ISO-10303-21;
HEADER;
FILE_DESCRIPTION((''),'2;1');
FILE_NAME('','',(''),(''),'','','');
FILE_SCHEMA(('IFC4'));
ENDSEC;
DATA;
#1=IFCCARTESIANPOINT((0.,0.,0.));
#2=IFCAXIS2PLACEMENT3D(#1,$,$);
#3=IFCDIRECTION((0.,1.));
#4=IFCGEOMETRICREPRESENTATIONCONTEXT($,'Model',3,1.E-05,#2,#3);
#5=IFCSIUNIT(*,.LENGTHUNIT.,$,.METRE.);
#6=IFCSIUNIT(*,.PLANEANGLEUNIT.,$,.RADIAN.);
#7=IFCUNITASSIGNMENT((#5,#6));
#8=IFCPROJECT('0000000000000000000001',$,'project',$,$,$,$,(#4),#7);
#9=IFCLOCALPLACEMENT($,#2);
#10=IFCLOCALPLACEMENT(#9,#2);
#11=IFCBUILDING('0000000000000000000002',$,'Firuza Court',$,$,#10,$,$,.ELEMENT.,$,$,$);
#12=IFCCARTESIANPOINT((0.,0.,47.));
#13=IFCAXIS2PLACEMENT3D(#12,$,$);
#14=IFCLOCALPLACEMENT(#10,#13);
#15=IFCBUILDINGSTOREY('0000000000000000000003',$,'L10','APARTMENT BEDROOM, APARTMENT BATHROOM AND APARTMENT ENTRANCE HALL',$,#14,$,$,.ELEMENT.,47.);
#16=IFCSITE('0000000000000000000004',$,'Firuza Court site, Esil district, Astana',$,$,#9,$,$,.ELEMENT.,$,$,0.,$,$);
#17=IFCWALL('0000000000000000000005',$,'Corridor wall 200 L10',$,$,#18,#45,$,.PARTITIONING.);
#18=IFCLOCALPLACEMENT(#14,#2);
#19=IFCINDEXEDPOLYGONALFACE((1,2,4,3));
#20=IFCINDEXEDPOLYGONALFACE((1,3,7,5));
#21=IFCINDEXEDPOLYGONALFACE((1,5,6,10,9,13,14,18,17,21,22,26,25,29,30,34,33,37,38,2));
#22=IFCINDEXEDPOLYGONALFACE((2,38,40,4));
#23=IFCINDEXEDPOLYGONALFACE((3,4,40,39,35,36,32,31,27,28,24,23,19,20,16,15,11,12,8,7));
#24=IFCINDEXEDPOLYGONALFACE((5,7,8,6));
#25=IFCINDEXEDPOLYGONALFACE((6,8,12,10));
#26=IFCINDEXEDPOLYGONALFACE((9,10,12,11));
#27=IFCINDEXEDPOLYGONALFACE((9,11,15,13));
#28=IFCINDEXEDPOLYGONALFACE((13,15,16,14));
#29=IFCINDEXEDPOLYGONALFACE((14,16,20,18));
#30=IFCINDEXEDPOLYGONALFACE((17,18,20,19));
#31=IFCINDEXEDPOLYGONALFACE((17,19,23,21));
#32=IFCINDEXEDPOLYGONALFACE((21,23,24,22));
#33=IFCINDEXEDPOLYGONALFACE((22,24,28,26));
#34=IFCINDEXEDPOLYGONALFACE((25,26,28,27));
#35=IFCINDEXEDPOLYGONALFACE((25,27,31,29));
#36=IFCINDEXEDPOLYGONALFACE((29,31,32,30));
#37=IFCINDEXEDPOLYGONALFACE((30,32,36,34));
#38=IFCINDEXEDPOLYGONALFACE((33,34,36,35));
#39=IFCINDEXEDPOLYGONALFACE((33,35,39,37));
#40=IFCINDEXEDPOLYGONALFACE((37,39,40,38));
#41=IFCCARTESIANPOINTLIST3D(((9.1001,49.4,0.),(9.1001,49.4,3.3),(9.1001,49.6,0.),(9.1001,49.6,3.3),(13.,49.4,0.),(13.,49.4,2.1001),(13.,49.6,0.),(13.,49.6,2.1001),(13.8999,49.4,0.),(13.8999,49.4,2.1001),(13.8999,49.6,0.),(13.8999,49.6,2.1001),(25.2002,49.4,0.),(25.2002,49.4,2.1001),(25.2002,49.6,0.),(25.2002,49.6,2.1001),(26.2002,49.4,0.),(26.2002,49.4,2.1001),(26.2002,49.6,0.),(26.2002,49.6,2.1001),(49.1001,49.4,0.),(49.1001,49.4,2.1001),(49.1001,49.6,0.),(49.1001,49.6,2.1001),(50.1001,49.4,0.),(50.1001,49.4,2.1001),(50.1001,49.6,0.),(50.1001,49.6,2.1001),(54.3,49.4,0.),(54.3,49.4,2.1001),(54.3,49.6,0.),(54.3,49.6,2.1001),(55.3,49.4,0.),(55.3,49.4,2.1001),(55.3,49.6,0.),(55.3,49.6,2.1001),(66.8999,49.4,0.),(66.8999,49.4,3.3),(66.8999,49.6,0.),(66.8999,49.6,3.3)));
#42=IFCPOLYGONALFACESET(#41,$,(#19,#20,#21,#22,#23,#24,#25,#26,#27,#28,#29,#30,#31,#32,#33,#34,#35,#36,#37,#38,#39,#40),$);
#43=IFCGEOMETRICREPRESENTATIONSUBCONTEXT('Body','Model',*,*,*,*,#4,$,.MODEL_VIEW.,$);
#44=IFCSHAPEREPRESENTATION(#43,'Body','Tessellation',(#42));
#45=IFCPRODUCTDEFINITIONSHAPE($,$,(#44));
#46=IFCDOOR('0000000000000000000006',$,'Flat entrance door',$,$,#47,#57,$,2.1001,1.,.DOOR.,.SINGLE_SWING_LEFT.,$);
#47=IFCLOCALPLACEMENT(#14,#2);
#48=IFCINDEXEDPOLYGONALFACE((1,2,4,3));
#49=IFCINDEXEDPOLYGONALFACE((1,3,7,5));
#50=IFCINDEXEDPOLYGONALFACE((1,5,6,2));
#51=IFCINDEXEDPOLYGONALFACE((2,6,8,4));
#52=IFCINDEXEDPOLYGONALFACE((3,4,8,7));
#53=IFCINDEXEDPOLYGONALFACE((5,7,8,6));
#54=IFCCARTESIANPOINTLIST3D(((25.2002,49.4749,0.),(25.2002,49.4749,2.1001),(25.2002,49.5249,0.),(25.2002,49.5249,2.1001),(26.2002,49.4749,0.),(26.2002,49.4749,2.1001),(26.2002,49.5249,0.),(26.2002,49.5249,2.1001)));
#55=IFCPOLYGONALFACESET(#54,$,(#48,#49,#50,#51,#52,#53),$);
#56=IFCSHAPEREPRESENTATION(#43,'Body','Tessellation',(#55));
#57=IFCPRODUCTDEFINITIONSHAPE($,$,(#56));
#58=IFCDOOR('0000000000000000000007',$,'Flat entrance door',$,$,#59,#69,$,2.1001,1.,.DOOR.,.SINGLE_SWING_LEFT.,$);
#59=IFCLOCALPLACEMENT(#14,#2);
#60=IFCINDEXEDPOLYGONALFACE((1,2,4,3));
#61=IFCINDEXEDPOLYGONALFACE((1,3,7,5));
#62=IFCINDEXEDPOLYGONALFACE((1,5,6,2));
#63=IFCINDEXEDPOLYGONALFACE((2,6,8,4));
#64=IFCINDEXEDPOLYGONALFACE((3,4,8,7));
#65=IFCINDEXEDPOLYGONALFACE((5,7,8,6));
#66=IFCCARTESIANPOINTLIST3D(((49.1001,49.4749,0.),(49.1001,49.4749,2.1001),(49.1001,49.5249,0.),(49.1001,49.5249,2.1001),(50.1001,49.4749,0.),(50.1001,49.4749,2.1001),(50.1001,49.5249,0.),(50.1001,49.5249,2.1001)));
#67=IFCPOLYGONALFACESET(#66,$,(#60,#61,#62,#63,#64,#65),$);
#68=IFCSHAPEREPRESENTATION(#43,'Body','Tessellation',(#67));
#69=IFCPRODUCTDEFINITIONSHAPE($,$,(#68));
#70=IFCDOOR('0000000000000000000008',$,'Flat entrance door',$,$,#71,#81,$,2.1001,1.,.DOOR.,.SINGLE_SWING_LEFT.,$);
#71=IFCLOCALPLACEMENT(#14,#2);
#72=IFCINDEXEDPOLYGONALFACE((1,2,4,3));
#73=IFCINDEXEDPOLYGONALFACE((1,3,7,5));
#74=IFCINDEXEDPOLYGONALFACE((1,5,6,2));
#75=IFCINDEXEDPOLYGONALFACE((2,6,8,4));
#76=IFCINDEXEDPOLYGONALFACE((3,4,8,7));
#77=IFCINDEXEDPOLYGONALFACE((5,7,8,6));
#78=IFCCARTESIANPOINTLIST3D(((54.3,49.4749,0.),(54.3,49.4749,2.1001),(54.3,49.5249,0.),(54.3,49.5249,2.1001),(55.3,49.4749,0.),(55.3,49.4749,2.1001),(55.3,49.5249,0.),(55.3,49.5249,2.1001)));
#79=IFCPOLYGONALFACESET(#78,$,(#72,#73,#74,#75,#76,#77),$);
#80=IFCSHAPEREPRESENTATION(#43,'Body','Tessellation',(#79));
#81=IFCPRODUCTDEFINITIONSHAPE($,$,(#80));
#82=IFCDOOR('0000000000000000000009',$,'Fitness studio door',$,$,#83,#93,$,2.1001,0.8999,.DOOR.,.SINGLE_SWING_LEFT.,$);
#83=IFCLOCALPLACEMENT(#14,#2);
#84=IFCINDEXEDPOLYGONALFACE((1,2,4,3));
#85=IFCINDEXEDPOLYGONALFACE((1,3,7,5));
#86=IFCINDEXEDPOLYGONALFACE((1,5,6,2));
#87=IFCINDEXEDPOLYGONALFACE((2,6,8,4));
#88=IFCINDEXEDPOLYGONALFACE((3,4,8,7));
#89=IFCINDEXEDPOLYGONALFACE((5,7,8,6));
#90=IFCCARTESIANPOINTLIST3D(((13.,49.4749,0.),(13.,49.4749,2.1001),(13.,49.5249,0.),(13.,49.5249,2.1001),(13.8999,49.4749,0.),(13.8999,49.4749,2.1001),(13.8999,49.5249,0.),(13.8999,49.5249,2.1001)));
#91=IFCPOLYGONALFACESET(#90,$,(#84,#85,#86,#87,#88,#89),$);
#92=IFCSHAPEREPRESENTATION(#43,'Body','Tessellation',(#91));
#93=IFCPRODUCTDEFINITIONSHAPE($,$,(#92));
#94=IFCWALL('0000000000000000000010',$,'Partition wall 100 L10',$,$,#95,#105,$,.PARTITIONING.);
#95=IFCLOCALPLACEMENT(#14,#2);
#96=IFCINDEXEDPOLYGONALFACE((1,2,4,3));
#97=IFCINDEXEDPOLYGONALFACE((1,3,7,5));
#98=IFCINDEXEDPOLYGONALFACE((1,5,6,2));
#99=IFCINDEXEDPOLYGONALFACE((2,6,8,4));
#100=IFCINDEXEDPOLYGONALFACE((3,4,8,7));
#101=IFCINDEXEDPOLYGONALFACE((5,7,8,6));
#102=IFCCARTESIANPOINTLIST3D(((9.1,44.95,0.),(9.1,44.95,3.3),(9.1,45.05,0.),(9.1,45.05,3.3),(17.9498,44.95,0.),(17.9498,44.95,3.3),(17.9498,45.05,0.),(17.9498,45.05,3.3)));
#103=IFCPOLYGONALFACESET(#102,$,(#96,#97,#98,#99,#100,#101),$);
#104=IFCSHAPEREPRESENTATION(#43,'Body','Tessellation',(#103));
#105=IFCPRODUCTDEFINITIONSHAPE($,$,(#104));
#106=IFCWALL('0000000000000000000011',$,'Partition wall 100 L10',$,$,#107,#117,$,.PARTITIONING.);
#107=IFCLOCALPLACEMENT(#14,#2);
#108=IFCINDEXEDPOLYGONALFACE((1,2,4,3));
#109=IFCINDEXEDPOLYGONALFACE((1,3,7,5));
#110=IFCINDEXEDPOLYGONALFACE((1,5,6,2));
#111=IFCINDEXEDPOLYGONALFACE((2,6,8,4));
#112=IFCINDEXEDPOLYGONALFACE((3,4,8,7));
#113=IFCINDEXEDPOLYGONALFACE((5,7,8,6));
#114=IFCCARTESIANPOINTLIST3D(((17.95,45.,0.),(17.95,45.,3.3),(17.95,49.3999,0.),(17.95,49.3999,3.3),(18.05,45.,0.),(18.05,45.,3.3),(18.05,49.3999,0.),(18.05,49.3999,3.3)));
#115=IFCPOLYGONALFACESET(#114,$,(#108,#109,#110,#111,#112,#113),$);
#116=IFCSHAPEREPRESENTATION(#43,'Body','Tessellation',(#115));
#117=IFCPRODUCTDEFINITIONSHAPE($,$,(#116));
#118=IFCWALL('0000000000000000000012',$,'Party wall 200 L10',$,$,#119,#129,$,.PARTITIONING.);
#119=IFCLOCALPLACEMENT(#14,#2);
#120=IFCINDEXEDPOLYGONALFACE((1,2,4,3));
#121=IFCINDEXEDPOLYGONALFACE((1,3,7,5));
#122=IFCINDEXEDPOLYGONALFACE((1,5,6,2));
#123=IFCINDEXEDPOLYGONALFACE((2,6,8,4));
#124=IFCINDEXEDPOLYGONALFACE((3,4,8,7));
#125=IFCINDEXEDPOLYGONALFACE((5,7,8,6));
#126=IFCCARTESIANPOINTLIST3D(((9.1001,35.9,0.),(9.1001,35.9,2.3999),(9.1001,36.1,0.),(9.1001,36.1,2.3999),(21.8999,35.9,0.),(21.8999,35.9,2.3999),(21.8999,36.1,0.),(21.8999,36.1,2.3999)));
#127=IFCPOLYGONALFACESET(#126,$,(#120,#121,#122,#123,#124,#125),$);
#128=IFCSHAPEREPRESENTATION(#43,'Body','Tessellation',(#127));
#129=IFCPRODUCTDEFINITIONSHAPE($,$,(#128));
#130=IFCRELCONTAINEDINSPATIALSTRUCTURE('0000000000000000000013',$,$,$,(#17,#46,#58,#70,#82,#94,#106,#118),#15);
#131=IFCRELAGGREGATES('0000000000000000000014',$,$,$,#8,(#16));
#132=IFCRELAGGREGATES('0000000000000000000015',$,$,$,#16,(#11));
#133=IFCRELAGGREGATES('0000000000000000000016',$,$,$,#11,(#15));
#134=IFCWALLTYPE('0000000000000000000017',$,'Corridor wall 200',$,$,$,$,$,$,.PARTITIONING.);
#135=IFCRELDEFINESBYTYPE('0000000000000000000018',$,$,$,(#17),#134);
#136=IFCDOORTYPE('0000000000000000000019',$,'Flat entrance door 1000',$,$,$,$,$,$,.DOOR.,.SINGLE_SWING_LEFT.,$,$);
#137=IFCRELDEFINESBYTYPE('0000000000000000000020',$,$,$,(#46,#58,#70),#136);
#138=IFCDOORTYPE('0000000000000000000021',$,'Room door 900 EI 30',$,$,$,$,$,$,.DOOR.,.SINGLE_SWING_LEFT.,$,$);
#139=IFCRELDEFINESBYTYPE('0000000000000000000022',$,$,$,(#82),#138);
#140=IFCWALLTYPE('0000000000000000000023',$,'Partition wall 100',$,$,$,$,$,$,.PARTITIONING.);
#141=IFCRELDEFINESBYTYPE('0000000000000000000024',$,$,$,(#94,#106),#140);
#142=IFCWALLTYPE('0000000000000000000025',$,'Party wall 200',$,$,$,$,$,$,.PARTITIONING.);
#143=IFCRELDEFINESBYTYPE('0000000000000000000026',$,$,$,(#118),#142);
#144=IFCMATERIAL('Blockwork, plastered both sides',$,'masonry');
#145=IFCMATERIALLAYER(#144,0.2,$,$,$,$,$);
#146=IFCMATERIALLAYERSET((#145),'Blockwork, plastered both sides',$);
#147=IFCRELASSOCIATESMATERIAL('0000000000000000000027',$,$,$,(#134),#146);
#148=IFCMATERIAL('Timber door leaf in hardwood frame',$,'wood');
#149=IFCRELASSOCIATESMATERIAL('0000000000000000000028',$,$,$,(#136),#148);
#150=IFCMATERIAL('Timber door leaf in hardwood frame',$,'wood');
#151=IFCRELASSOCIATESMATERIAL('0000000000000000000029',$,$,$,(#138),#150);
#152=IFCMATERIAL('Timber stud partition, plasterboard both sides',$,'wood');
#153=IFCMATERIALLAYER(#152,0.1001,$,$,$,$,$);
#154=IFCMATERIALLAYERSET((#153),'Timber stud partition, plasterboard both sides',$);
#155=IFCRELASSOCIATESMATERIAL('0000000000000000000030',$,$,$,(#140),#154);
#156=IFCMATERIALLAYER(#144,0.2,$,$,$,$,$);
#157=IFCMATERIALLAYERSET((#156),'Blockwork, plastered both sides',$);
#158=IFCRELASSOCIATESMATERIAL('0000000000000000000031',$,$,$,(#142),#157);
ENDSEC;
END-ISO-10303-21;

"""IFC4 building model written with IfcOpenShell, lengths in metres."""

from ifc_helpers import new_model, si_unit, direction, frame, frame_2d, origin, place, context, subcontext, project, spatial, rectangle, extrude, material, layer, layer_set, type_object, element, fill, save


model = new_model("IFC4")

# Units and contexts
model_context = context("Model", 3, precision=1e-05, world=origin(), true_north=direction((0.0, 1.0)))
body_context = subcontext(model_context, "Body", "Model", "MODEL_VIEW")
ifc_project = project(units=[si_unit("LENGTHUNIT", "METRE"), si_unit("PLANEANGLEUNIT", "RADIAN")], contexts=[model_context])

# Site, building, storey
site_placement = place(None, origin())
site = spatial("IfcSite", under=ifc_project, at=site_placement, Name="Firuza Court site, Esil district, Astana", CompositionType="ELEMENT", RefElevation=0.0)
building_placement = place(site_placement, origin())
building = spatial("IfcBuilding", under=site, at=building_placement, Name="Firuza Court", CompositionType="ELEMENT")
storey_placement = place(building_placement, frame((0.0, 0.0, 47.0)))
storey = spatial("IfcBuildingStorey", under=building, at=storey_placement, Name="L10", Description="APARTMENT BEDROOM, APARTMENT BATHROOM AND APARTMENT ENTRANCE HALL", CompositionType="ELEMENT", Elevation=47.0)

# Wall, openings, doors
ifc_material_1 = material(Name="Blockwork, plastered both sides", Category="masonry")
ifc_layer_1 = layer(ifc_material_1, 0.2)
ifc_layer_set_1 = layer_set([ifc_layer_1], Name="Blockwork, plastered both sides")
wall_type_1 = type_object("IfcWallType", Name="Corridor wall 200", PredefinedType="PARTITIONING", material=ifc_layer_set_1)
wall_1_placement = place(storey_placement, frame((9.1001, 49.5, 0.0), z_axis=(0.0, 0.0, 1.0), x_axis=(1.0, 0.0, 0.0)))
wall_1 = element("IfcWall", 1, at=wall_1_placement, inside=storey, type_object=wall_type_1, Name="Corridor wall 200 L10", PredefinedType="PARTITIONING", context=body_context, shape_type="SweptSolid", body=[
    extrude(rectangle(XDim=57.7998, YDim=0.2, at=frame_2d((28.8999, 0.0))), origin(), (0.0, 0.0, 1.0), 3.3),
])
opening_1_placement = place(wall_1_placement, frame((16.1001, 0.0, 0.0)))
opening_1 = element("IfcOpeningElement", 2, at=opening_1_placement, cuts=wall_1, PredefinedType="OPENING", context=body_context, shape_type="SweptSolid", body=[
    extrude(rectangle(XDim=1.0, YDim=2.1001, at=frame_2d((0.5, 1.05))), frame((0.0, 0.1118, 0.0), z_axis=(0.0, -1.0, 0.0), x_axis=(1.0, 0.0, 0.0)), (0.0, 0.0, 1.0), 0.2239),
])
opening_2_placement = place(wall_1_placement, frame((40.0, 0.0, 0.0)))
opening_2 = element("IfcOpeningElement", 3, at=opening_2_placement, cuts=wall_1, PredefinedType="OPENING", context=body_context, shape_type="SweptSolid", body=[
    extrude(rectangle(XDim=1.0, YDim=2.1001, at=frame_2d((0.5, 1.05))), frame((0.0, 0.1118, 0.0), z_axis=(0.0, -1.0, 0.0), x_axis=(1.0, 0.0, 0.0)), (0.0, 0.0, 1.0), 0.2239),
])
opening_3_placement = place(wall_1_placement, frame((45.2, 0.0, 0.0)))
opening_3 = element("IfcOpeningElement", 4, at=opening_3_placement, cuts=wall_1, PredefinedType="OPENING", context=body_context, shape_type="SweptSolid", body=[
    extrude(rectangle(XDim=1.0, YDim=2.1001, at=frame_2d((0.5, 1.05))), frame((0.0, 0.1118, 0.0), z_axis=(0.0, -1.0, 0.0), x_axis=(1.0, 0.0, 0.0)), (0.0, 0.0, 1.0), 0.2239),
])
opening_4_placement = place(wall_1_placement, frame((3.8999, 0.0, 0.0)))
opening_4 = element("IfcOpeningElement", 5, at=opening_4_placement, cuts=wall_1, PredefinedType="OPENING", context=body_context, shape_type="SweptSolid", body=[
    extrude(rectangle(XDim=0.8999, YDim=2.1001, at=frame_2d((0.45, 1.05))), frame((0.0, 0.1118, 0.0), z_axis=(0.0, -1.0, 0.0), x_axis=(1.0, 0.0, 0.0)), (0.0, 0.0, 1.0), 0.2239),
])
ifc_material_2 = material(Name="Timber door leaf in hardwood frame", Category="wood")
door_type_1 = type_object("IfcDoorType", Name="Flat entrance door 1000", OperationType="SINGLE_SWING_LEFT", PredefinedType="DOOR", material=ifc_material_2)
door_1_placement = place(opening_1_placement, origin())
door_1 = element("IfcDoor", 6, at=door_1_placement, inside=storey, type_object=door_type_1, Name="Flat entrance door", OperationType="SINGLE_SWING_LEFT", OverallHeight=2.1001, OverallWidth=1.0, PredefinedType="DOOR", context=body_context, shape_type="SweptSolid", body=[
    extrude(rectangle(XDim=1.0, YDim=2.1001, at=frame_2d((0.5, 1.05))), frame((0.0, 0.0249, 0.0), z_axis=(0.0, -1.0, 0.0), x_axis=(1.0, 0.0, 0.0)), (0.0, 0.0, 1.0), 0.05),
])
fill(opening_1, door_1)
door_2_placement = place(opening_2_placement, origin())
door_2 = element("IfcDoor", 7, at=door_2_placement, inside=storey, type_object=door_type_1, Name="Flat entrance door", OperationType="SINGLE_SWING_LEFT", OverallHeight=2.1001, OverallWidth=1.0, PredefinedType="DOOR", context=body_context, shape_type="SweptSolid", body=[
    extrude(rectangle(XDim=1.0, YDim=2.1001, at=frame_2d((0.5, 1.05))), frame((0.0, 0.0249, 0.0), z_axis=(0.0, -1.0, 0.0), x_axis=(1.0, 0.0, 0.0)), (0.0, 0.0, 1.0), 0.05),
])
fill(opening_2, door_2)
door_3_placement = place(opening_3_placement, origin())
door_3 = element("IfcDoor", 8, at=door_3_placement, inside=storey, type_object=door_type_1, Name="Flat entrance door", OperationType="SINGLE_SWING_LEFT", OverallHeight=2.1001, OverallWidth=1.0, PredefinedType="DOOR", context=body_context, shape_type="SweptSolid", body=[
    extrude(rectangle(XDim=1.0, YDim=2.1001, at=frame_2d((0.5, 1.05))), frame((0.0, 0.0249, 0.0), z_axis=(0.0, -1.0, 0.0), x_axis=(1.0, 0.0, 0.0)), (0.0, 0.0, 1.0), 0.05),
])
fill(opening_3, door_3)
ifc_material_3 = material(Name="Timber door leaf in hardwood frame", Category="wood")
door_type_2 = type_object("IfcDoorType", Name="Room door 900 EI 30", OperationType="SINGLE_SWING_LEFT", PredefinedType="DOOR", material=ifc_material_3)
door_4_placement = place(opening_4_placement, origin())
door_4 = element("IfcDoor", 9, at=door_4_placement, inside=storey, type_object=door_type_2, Name="Fitness studio door", OperationType="SINGLE_SWING_LEFT", OverallHeight=2.1001, OverallWidth=0.8999, PredefinedType="DOOR", context=body_context, shape_type="SweptSolid", body=[
    extrude(rectangle(XDim=0.8999, YDim=2.1001, at=frame_2d((0.45, 1.05))), frame((0.0, 0.0249, 0.0), z_axis=(0.0, -1.0, 0.0), x_axis=(1.0, 0.0, 0.0)), (0.0, 0.0, 1.0), 0.05),
])
fill(opening_4, door_4)

# Walls
ifc_material_4 = material(Name="Timber stud partition, plasterboard both sides", Category="wood")
ifc_layer_2 = layer(ifc_material_4, 0.1001)
ifc_layer_set_2 = layer_set([ifc_layer_2], Name="Timber stud partition, plasterboard both sides")
wall_type_2 = type_object("IfcWallType", Name="Partition wall 100", PredefinedType="PARTITIONING", material=ifc_layer_set_2)
wall_2_placement = place(storey_placement, frame((9.1001, 45.0, 0.0), z_axis=(0.0, 0.0, 1.0), x_axis=(1.0, 0.0, 0.0)))
element("IfcWall", 10, at=wall_2_placement, inside=storey, type_object=wall_type_2, Name="Partition wall 100 L10", PredefinedType="PARTITIONING", context=body_context, shape_type="SweptSolid", body=[
    extrude(rectangle(XDim=8.8499, YDim=0.1001, at=frame_2d((4.4248, 0.0))), origin(), (0.0, 0.0, 1.0), 3.3),
])
wall_3_placement = place(storey_placement, frame((18.0, 45.0, 0.0), z_axis=(0.0, 0.0, 1.0), x_axis=(0.0, 1.0, 0.0)))
element("IfcWall", 11, at=wall_3_placement, inside=storey, type_object=wall_type_2, Name="Partition wall 100 L10", PredefinedType="PARTITIONING", context=body_context, shape_type="SweptSolid", body=[
    extrude(rectangle(XDim=4.3999, YDim=0.1001, at=frame_2d((2.2, 0.0))), origin(), (0.0, 0.0, 1.0), 3.3),
])
ifc_layer_3 = layer(ifc_material_1, 0.2)
ifc_layer_set_3 = layer_set([ifc_layer_3], Name="Blockwork, plastered both sides")
wall_type_3 = type_object("IfcWallType", Name="Party wall 200", PredefinedType="PARTITIONING", material=ifc_layer_set_3)
wall_4_placement = place(storey_placement, frame((9.1001, 36.0, 0.0), z_axis=(0.0, 0.0, 1.0), x_axis=(1.0, 0.0, 0.0)))
element("IfcWall", 12, at=wall_4_placement, inside=storey, type_object=wall_type_3, Name="Party wall 200 L10", PredefinedType="PARTITIONING", context=body_context, shape_type="SweptSolid", body=[
    extrude(rectangle(XDim=12.7998, YDim=0.2, at=frame_2d((6.3999, 0.0))), origin(), (0.0, 0.0, 1.0), 2.3999),
])

save(model, "model.ifc")
